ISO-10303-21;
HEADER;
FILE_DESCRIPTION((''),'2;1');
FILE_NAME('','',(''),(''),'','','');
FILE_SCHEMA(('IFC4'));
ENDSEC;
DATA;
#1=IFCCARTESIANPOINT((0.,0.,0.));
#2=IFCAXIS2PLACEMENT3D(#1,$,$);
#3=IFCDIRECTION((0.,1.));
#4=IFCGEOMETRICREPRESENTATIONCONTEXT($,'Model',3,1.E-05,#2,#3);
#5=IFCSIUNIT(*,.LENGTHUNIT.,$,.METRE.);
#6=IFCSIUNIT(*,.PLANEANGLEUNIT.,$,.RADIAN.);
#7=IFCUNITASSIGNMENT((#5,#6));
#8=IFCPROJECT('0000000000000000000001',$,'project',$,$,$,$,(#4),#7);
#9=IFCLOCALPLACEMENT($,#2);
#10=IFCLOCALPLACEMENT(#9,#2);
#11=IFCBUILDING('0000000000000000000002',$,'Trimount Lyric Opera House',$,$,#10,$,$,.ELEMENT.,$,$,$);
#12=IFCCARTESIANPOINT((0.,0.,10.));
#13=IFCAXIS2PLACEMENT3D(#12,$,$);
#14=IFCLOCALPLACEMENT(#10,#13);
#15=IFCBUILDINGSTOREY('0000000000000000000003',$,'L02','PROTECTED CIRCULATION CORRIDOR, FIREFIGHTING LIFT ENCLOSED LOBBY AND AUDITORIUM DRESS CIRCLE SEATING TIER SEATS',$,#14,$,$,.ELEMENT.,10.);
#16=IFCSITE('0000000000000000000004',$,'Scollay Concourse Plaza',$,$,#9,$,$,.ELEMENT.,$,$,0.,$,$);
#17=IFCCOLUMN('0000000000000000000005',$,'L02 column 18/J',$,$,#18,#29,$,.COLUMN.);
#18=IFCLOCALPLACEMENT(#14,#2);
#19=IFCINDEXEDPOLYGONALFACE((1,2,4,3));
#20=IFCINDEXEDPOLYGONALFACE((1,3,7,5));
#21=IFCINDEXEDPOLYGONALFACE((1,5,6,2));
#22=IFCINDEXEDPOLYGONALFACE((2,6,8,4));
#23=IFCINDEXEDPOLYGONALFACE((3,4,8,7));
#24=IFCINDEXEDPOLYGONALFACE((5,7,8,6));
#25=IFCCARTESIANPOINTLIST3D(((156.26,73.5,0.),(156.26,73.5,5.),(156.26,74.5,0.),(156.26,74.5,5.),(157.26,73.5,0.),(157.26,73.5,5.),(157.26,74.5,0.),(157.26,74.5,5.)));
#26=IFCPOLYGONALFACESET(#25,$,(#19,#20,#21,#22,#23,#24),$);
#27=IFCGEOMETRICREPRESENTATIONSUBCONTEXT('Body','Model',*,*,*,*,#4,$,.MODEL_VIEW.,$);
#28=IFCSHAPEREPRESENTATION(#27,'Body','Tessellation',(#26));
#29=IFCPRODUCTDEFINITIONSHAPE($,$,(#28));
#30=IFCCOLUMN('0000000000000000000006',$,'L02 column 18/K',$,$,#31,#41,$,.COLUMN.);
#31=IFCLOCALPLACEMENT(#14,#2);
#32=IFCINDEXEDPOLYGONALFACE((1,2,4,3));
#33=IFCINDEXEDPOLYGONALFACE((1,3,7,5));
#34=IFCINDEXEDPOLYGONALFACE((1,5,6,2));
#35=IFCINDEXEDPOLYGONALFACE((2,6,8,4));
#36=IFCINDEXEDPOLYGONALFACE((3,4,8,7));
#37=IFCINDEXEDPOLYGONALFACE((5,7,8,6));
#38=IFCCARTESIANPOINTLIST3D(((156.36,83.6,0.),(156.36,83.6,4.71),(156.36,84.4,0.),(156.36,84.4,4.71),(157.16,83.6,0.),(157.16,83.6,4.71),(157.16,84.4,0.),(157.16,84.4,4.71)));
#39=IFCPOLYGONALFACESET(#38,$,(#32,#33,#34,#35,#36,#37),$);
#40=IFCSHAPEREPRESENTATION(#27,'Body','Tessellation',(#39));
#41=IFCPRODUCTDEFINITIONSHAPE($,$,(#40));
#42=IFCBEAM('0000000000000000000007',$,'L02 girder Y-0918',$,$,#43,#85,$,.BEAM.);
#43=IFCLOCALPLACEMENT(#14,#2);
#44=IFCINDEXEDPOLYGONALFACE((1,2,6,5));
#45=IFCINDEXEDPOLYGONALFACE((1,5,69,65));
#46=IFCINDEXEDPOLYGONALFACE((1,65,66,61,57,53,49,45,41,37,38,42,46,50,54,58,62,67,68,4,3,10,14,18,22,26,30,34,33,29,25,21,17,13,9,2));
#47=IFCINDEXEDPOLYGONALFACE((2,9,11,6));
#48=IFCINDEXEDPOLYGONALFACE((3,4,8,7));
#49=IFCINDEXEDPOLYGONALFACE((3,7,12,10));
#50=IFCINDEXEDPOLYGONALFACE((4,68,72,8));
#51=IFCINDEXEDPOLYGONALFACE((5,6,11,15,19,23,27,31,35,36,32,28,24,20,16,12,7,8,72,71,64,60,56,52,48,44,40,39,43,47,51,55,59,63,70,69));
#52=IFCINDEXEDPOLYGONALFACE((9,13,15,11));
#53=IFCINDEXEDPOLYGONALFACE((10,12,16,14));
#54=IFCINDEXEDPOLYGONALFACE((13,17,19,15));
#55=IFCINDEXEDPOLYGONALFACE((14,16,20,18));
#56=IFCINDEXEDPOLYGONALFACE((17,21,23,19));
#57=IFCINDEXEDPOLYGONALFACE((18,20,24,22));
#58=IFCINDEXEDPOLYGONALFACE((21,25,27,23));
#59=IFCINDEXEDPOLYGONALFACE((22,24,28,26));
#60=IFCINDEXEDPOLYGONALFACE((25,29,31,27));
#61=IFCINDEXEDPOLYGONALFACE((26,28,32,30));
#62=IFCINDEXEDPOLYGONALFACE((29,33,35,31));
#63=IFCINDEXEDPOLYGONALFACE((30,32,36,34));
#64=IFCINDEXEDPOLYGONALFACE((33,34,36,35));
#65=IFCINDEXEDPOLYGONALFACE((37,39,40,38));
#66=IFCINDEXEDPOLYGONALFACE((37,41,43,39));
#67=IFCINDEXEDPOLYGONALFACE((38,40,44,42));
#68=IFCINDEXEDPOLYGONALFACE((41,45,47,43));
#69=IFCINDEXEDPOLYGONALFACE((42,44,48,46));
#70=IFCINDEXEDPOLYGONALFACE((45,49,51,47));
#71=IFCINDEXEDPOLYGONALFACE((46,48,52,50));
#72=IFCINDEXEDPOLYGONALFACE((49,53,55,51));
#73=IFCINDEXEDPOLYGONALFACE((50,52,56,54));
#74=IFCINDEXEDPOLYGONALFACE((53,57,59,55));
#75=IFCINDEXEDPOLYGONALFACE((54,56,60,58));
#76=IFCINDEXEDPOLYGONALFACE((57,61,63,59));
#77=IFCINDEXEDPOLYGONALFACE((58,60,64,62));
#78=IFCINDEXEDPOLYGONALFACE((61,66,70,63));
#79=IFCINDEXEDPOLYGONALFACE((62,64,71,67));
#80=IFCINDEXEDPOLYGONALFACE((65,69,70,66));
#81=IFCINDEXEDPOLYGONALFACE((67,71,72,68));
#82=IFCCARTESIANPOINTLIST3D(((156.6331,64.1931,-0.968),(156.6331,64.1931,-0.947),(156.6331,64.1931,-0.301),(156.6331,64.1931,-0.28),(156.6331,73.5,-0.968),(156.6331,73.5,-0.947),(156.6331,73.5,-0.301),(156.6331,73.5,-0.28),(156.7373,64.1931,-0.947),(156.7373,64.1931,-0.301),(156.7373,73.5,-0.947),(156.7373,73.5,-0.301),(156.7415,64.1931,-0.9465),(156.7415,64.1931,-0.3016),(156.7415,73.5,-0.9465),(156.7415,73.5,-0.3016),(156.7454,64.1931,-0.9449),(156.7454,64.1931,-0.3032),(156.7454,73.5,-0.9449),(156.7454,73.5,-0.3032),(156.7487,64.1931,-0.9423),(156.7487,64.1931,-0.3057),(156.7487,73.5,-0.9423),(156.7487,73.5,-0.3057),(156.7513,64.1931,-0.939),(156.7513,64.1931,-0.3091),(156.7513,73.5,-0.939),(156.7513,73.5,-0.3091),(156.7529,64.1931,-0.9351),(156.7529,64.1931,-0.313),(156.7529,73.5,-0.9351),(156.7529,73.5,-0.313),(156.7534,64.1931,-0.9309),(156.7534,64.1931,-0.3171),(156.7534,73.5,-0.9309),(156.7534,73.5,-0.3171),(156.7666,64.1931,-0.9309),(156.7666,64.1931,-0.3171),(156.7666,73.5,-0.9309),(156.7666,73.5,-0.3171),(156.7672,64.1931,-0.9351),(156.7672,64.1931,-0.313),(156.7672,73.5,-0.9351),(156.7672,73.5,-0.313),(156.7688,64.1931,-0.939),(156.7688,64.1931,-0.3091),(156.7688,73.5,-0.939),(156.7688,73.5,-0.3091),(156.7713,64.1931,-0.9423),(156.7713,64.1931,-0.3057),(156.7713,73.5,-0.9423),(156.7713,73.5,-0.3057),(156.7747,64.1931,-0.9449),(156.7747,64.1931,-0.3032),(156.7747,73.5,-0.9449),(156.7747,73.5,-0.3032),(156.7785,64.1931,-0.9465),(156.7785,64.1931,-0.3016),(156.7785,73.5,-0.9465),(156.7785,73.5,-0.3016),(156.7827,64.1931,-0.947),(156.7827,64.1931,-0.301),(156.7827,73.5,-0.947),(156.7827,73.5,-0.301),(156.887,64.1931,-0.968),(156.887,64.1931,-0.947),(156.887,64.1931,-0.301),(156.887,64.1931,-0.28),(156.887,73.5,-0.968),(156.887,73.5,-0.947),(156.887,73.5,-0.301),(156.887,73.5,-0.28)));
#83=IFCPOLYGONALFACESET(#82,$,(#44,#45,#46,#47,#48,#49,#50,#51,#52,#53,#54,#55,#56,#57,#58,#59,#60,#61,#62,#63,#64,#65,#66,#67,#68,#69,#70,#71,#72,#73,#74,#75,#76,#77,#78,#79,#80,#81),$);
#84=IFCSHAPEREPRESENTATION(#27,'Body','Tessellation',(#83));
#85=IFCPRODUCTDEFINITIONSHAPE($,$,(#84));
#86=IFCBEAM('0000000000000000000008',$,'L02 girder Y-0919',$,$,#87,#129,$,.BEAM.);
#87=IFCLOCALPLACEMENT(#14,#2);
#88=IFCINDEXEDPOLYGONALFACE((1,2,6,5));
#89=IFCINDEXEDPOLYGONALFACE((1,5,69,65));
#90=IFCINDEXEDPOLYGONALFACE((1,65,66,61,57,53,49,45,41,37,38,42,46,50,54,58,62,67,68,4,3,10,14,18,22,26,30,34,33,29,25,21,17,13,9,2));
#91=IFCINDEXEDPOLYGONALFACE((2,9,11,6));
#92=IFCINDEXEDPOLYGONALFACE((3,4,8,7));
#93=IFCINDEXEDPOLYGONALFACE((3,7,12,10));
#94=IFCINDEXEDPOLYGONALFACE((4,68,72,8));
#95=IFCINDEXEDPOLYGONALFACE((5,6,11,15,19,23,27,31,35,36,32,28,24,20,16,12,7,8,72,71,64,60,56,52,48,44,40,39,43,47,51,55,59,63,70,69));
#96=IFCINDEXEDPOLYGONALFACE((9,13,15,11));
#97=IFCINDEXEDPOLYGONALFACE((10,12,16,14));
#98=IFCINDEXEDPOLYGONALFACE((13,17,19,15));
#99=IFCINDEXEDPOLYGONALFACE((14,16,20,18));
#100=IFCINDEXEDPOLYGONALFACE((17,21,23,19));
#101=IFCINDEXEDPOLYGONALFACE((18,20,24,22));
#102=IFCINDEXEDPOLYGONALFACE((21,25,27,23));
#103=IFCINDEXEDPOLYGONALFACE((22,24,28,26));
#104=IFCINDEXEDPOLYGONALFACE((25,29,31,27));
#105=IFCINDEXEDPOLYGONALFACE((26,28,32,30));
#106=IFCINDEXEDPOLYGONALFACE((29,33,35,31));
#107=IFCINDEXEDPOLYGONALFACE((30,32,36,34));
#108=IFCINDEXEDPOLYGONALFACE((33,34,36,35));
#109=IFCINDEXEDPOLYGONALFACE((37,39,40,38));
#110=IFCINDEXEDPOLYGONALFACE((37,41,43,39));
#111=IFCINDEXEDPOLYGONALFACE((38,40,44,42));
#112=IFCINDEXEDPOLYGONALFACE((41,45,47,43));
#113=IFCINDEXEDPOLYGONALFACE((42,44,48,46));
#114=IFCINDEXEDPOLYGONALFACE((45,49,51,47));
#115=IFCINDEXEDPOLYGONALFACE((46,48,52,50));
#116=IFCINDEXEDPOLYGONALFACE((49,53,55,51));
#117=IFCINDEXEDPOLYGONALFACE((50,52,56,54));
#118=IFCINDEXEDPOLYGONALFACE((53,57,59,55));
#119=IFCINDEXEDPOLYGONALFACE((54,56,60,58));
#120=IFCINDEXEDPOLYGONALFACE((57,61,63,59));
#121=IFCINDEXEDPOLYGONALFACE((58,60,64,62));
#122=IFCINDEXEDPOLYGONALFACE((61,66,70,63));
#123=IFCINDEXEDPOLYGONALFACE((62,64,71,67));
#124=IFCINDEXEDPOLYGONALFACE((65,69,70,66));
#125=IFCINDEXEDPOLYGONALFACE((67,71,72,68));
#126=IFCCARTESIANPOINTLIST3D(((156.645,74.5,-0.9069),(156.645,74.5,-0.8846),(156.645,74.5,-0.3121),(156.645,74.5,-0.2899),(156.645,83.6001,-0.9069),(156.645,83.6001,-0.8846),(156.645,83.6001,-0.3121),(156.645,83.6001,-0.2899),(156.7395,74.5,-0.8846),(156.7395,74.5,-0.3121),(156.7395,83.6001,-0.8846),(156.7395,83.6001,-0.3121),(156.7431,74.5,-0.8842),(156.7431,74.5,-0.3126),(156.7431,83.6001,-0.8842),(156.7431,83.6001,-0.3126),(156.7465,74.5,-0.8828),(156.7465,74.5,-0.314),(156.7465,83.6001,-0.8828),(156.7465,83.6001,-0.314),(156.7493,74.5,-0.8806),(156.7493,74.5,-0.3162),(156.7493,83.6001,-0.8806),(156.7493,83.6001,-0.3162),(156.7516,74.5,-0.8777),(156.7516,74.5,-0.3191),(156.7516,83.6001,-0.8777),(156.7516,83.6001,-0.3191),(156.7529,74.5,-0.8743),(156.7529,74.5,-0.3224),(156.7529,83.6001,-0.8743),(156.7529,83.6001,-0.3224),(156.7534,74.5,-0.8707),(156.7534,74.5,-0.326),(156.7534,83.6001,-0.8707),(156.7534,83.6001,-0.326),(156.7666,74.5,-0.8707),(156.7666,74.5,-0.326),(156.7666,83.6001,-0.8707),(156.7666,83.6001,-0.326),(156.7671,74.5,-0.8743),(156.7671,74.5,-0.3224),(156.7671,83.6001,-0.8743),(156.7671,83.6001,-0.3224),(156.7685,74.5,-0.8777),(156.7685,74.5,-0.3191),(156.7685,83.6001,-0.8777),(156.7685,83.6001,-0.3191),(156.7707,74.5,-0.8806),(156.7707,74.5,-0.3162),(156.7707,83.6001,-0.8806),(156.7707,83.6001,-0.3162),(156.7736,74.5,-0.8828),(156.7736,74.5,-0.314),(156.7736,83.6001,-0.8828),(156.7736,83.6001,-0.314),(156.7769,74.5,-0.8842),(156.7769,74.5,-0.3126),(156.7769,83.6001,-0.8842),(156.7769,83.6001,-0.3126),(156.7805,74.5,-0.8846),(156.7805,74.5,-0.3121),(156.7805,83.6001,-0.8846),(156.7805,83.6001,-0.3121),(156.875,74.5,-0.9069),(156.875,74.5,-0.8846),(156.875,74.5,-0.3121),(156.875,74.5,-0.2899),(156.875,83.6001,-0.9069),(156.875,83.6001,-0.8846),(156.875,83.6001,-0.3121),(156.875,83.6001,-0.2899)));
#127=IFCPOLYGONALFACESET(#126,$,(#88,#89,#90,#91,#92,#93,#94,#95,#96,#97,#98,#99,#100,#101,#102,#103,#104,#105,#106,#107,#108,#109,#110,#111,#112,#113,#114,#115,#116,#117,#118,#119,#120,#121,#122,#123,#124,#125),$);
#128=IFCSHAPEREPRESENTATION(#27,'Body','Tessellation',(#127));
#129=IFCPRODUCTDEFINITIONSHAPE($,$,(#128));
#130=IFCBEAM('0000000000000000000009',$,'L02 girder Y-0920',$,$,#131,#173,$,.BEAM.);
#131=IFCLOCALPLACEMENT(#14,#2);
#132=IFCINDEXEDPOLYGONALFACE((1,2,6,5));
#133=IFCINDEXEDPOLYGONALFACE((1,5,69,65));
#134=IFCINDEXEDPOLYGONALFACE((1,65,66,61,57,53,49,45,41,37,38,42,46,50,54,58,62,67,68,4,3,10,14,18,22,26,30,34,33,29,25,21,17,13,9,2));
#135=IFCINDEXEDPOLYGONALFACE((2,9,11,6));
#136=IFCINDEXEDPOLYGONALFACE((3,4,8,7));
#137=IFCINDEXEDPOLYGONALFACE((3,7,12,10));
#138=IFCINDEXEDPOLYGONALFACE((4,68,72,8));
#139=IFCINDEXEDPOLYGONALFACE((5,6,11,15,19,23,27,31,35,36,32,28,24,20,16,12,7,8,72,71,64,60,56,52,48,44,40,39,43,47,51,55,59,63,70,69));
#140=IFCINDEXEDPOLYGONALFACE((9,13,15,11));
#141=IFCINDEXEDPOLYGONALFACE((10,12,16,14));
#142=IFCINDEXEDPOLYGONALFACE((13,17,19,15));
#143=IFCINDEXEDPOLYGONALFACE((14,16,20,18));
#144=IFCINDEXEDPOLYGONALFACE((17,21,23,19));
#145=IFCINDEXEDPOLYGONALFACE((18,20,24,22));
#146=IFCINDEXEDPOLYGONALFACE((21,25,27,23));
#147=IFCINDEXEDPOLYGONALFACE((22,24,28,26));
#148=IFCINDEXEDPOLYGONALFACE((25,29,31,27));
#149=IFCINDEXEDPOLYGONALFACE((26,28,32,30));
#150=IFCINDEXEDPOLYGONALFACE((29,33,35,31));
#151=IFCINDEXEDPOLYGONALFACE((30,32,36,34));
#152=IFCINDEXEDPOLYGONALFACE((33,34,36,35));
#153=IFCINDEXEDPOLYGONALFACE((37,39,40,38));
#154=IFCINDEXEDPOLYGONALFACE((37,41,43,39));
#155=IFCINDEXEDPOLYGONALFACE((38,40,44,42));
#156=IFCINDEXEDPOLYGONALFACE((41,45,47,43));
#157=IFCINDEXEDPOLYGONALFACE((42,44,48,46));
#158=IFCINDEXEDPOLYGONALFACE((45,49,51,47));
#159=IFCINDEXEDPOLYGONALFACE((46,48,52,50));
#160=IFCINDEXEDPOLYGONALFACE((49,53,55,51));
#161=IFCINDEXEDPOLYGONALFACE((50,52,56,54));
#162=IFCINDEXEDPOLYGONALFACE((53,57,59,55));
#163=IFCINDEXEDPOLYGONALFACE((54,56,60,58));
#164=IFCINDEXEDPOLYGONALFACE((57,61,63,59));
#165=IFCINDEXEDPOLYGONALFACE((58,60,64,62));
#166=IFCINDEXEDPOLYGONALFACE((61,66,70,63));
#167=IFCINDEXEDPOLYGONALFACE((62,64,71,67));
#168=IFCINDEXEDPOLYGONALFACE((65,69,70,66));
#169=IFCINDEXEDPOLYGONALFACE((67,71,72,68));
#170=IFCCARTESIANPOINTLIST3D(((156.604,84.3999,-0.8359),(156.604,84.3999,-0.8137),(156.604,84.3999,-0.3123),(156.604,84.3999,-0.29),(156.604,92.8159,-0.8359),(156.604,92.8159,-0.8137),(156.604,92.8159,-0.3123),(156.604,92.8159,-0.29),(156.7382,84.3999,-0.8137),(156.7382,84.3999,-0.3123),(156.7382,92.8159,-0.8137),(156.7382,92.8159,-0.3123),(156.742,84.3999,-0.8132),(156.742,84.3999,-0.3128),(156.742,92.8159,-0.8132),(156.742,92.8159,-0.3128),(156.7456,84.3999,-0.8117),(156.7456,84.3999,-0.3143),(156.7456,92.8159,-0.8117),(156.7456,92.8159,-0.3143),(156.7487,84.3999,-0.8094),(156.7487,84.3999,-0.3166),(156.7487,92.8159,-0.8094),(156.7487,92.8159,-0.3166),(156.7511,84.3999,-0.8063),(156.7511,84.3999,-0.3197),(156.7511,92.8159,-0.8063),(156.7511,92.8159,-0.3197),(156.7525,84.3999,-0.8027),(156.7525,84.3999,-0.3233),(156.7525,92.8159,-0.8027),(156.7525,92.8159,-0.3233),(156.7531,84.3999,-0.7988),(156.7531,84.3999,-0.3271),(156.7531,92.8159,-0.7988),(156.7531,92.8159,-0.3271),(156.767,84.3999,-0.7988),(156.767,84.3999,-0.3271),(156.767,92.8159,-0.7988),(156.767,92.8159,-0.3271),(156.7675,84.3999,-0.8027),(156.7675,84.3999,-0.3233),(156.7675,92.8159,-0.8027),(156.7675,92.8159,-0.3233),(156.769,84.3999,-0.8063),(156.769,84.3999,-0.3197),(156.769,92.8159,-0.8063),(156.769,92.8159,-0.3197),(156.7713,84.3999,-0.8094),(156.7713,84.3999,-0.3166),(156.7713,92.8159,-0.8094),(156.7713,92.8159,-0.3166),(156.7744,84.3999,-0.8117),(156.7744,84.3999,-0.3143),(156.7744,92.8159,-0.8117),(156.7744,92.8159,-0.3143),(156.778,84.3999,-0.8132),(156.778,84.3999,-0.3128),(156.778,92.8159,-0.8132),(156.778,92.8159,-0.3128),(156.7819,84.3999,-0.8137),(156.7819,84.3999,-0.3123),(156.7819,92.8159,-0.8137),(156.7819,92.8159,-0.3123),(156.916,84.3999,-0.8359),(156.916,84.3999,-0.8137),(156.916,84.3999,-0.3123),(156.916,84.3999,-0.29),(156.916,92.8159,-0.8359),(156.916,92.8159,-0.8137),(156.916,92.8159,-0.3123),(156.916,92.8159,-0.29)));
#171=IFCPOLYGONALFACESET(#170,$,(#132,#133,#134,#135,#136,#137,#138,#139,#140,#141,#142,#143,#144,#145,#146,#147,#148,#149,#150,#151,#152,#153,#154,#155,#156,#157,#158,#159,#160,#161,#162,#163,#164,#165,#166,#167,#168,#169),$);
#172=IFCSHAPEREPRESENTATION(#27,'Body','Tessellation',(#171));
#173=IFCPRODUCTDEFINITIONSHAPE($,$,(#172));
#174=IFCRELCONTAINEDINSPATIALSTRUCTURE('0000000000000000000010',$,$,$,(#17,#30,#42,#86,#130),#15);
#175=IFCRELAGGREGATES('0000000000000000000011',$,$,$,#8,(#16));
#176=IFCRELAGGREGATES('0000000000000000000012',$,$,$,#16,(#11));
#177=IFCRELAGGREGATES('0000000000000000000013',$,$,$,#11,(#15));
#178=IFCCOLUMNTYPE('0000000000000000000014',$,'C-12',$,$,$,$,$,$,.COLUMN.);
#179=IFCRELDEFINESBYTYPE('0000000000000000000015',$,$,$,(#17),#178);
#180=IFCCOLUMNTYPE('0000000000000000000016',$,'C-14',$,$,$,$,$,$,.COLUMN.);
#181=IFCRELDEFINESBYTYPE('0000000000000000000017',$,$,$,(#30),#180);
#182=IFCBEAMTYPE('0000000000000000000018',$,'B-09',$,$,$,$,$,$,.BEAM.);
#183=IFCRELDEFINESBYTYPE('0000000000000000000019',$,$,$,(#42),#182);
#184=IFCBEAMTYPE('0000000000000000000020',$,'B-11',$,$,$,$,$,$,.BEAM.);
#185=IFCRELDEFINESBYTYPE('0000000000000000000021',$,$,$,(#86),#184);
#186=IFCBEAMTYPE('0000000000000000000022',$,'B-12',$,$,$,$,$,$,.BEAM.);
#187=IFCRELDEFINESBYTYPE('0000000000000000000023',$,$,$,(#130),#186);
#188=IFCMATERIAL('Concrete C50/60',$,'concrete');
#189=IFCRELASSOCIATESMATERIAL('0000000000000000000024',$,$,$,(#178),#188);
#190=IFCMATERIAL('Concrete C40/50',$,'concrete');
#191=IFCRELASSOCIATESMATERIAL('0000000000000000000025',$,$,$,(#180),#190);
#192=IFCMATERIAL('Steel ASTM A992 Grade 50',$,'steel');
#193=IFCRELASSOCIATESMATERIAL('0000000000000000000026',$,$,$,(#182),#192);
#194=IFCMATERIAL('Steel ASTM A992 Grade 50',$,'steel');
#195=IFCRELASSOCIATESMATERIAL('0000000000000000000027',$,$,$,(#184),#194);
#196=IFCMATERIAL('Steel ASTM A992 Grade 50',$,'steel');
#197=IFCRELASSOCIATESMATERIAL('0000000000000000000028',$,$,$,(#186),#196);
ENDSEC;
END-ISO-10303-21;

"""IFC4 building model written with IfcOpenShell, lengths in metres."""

from ifc_helpers import new_model, si_unit, direction, frame, origin, origin_2d, place, context, subcontext, project, spatial, rectangle, i_section, extrude, material, material_profile, profile_set, type_object, element, save


model = new_model("IFC4")

# Units and contexts
model_context = context("Model", 3, precision=1e-05, world=origin(), true_north=direction((0.0, 1.0)))
body_context = subcontext(model_context, "Body", "Model", "MODEL_VIEW")
ifc_project = project(units=[si_unit("LENGTHUNIT", "METRE"), si_unit("PLANEANGLEUNIT", "RADIAN")], contexts=[model_context])

# Site, building, storey
site_placement = place(None, origin())
site = spatial("IfcSite", under=ifc_project, at=site_placement, Name="Scollay Concourse Plaza", CompositionType="ELEMENT", RefElevation=0.0)
building_placement = place(site_placement, origin())
building = spatial("IfcBuilding", under=site, at=building_placement, Name="Trimount Lyric Opera House", CompositionType="ELEMENT")
storey_placement = place(building_placement, frame((0.0, 0.0, 10.0)))
storey = spatial("IfcBuildingStorey", under=building, at=storey_placement, Name="L02", Description="PROTECTED CIRCULATION CORRIDOR, FIREFIGHTING LIFT ENCLOSED LOBBY AND AUDITORIUM DRESS CIRCLE SEATING TIER SEATS", CompositionType="ELEMENT", Elevation=10.0)

# Columns
ifc_material_1 = material(Name="Concrete C50/60", Category="concrete")
ifc_material_profile_1 = material_profile(ifc_material_1, rectangle(XDim=1.0, YDim=1.0, at=origin_2d()), Name="RC1000X1000")
ifc_profile_set_1 = profile_set([ifc_material_profile_1], Name="Concrete C50/60")
column_type_1 = type_object("IfcColumnType", Name="C-12", PredefinedType="COLUMN", material=ifc_profile_set_1)
column_1_placement = place(storey_placement, frame((156.76, 74.0, 0.0), z_axis=(0.0, 0.0, 1.0), x_axis=(1.0, 0.0, 0.0)))
element("IfcColumn", 1, at=column_1_placement, inside=storey, type_object=column_type_1, Name="L02 column 18/J", PredefinedType="COLUMN", context=body_context, shape_type="SweptSolid", body=[
    extrude(rectangle(XDim=1.0, YDim=1.0, at=origin_2d()), origin(), (0.0, 0.0, 1.0), 5.0),
])
ifc_material_2 = material(Name="Concrete C40/50", Category="concrete")
ifc_material_profile_2 = material_profile(ifc_material_2, rectangle(XDim=0.8, YDim=0.8, at=origin_2d()), Name="RC800X800")
ifc_profile_set_2 = profile_set([ifc_material_profile_2], Name="Concrete C40/50")
column_type_2 = type_object("IfcColumnType", Name="C-14", PredefinedType="COLUMN", material=ifc_profile_set_2)
column_2_placement = place(storey_placement, frame((156.76, 84.0, 0.0), z_axis=(0.0, 0.0, 1.0), x_axis=(1.0, 0.0, 0.0)))
element("IfcColumn", 2, at=column_2_placement, inside=storey, type_object=column_type_2, Name="L02 column 18/K", PredefinedType="COLUMN", context=body_context, shape_type="SweptSolid", body=[
    extrude(rectangle(XDim=0.8, YDim=0.8, at=origin_2d()), origin(), (0.0, 0.0, 1.0), 4.71),
])

# Beams
ifc_material_3 = material(Name="Steel ASTM A992 Grade 50", Category="steel")
ifc_material_profile_3 = material_profile(ifc_material_3, i_section(OverallWidth=0.2539, OverallDepth=0.688, WebThickness=0.0132, FlangeThickness=0.021, FilletRadius=0.0161, at=origin_2d()), Name="W27X102")
ifc_profile_set_3 = profile_set([ifc_material_profile_3], Name="Steel ASTM A992 Grade 50")
beam_type_1 = type_object("IfcBeamType", Name="B-09", PredefinedType="BEAM", material=ifc_profile_set_3)
beam_1_placement = place(storey_placement, frame((156.76, 64.1931, -0.624), z_axis=(0.0, 1.0, 0.0), x_axis=(-1.0, 0.0, 0.0)))
element("IfcBeam", 3, at=beam_1_placement, inside=storey, type_object=beam_type_1, Name="L02 girder Y-0918", PredefinedType="BEAM", context=body_context, shape_type="SweptSolid", body=[
    extrude(i_section(OverallWidth=0.2539, OverallDepth=0.688, WebThickness=0.0132, FlangeThickness=0.021, FilletRadius=0.0161, at=origin_2d()), origin(), (0.0, 0.0, 1.0), 9.3069),
])
ifc_material_4 = material(Name="Steel ASTM A992 Grade 50", Category="steel")
ifc_material_profile_4 = material_profile(ifc_material_4, i_section(OverallWidth=0.23, OverallDepth=0.6169, WebThickness=0.0132, FlangeThickness=0.0222, FilletRadius=0.0139, at=origin_2d()), Name="W24X94")
ifc_profile_set_4 = profile_set([ifc_material_profile_4], Name="Steel ASTM A992 Grade 50")
beam_type_2 = type_object("IfcBeamType", Name="B-11", PredefinedType="BEAM", material=ifc_profile_set_4)
beam_2_placement = place(storey_placement, frame((156.76, 74.5, -0.5984), z_axis=(0.0, 1.0, 0.0), x_axis=(-1.0, 0.0, 0.0)))
element("IfcBeam", 4, at=beam_2_placement, inside=storey, type_object=beam_type_2, Name="L02 girder Y-0919", PredefinedType="BEAM", context=body_context, shape_type="SweptSolid", body=[
    extrude(i_section(OverallWidth=0.23, OverallDepth=0.6169, WebThickness=0.0132, FlangeThickness=0.0222, FilletRadius=0.0139, at=origin_2d()), origin(), (0.0, 0.0, 1.0), 9.1001),
])
ifc_material_5 = material(Name="Steel ASTM A992 Grade 50", Category="steel")
ifc_material_profile_5 = material_profile(ifc_material_5, i_section(OverallWidth=0.312, OverallDepth=0.5459, WebThickness=0.0139, FlangeThickness=0.0222, FilletRadius=0.0149, at=origin_2d()), Name="W21X111")
ifc_profile_set_5 = profile_set([ifc_material_profile_5], Name="Steel ASTM A992 Grade 50")
beam_type_3 = type_object("IfcBeamType", Name="B-12", PredefinedType="BEAM", material=ifc_profile_set_5)
beam_3_placement = place(storey_placement, frame((156.76, 84.3999, -0.563), z_axis=(0.0, 1.0, 0.0), x_axis=(-1.0, 0.0, 0.0)))
element("IfcBeam", 5, at=beam_3_placement, inside=storey, type_object=beam_type_3, Name="L02 girder Y-0920", PredefinedType="BEAM", context=body_context, shape_type="SweptSolid", body=[
    extrude(i_section(OverallWidth=0.312, OverallDepth=0.5459, WebThickness=0.0139, FlangeThickness=0.0222, FilletRadius=0.0149, at=origin_2d()), origin(), (0.0, 0.0, 1.0), 8.416),
])

save(model, "model.ifc")
